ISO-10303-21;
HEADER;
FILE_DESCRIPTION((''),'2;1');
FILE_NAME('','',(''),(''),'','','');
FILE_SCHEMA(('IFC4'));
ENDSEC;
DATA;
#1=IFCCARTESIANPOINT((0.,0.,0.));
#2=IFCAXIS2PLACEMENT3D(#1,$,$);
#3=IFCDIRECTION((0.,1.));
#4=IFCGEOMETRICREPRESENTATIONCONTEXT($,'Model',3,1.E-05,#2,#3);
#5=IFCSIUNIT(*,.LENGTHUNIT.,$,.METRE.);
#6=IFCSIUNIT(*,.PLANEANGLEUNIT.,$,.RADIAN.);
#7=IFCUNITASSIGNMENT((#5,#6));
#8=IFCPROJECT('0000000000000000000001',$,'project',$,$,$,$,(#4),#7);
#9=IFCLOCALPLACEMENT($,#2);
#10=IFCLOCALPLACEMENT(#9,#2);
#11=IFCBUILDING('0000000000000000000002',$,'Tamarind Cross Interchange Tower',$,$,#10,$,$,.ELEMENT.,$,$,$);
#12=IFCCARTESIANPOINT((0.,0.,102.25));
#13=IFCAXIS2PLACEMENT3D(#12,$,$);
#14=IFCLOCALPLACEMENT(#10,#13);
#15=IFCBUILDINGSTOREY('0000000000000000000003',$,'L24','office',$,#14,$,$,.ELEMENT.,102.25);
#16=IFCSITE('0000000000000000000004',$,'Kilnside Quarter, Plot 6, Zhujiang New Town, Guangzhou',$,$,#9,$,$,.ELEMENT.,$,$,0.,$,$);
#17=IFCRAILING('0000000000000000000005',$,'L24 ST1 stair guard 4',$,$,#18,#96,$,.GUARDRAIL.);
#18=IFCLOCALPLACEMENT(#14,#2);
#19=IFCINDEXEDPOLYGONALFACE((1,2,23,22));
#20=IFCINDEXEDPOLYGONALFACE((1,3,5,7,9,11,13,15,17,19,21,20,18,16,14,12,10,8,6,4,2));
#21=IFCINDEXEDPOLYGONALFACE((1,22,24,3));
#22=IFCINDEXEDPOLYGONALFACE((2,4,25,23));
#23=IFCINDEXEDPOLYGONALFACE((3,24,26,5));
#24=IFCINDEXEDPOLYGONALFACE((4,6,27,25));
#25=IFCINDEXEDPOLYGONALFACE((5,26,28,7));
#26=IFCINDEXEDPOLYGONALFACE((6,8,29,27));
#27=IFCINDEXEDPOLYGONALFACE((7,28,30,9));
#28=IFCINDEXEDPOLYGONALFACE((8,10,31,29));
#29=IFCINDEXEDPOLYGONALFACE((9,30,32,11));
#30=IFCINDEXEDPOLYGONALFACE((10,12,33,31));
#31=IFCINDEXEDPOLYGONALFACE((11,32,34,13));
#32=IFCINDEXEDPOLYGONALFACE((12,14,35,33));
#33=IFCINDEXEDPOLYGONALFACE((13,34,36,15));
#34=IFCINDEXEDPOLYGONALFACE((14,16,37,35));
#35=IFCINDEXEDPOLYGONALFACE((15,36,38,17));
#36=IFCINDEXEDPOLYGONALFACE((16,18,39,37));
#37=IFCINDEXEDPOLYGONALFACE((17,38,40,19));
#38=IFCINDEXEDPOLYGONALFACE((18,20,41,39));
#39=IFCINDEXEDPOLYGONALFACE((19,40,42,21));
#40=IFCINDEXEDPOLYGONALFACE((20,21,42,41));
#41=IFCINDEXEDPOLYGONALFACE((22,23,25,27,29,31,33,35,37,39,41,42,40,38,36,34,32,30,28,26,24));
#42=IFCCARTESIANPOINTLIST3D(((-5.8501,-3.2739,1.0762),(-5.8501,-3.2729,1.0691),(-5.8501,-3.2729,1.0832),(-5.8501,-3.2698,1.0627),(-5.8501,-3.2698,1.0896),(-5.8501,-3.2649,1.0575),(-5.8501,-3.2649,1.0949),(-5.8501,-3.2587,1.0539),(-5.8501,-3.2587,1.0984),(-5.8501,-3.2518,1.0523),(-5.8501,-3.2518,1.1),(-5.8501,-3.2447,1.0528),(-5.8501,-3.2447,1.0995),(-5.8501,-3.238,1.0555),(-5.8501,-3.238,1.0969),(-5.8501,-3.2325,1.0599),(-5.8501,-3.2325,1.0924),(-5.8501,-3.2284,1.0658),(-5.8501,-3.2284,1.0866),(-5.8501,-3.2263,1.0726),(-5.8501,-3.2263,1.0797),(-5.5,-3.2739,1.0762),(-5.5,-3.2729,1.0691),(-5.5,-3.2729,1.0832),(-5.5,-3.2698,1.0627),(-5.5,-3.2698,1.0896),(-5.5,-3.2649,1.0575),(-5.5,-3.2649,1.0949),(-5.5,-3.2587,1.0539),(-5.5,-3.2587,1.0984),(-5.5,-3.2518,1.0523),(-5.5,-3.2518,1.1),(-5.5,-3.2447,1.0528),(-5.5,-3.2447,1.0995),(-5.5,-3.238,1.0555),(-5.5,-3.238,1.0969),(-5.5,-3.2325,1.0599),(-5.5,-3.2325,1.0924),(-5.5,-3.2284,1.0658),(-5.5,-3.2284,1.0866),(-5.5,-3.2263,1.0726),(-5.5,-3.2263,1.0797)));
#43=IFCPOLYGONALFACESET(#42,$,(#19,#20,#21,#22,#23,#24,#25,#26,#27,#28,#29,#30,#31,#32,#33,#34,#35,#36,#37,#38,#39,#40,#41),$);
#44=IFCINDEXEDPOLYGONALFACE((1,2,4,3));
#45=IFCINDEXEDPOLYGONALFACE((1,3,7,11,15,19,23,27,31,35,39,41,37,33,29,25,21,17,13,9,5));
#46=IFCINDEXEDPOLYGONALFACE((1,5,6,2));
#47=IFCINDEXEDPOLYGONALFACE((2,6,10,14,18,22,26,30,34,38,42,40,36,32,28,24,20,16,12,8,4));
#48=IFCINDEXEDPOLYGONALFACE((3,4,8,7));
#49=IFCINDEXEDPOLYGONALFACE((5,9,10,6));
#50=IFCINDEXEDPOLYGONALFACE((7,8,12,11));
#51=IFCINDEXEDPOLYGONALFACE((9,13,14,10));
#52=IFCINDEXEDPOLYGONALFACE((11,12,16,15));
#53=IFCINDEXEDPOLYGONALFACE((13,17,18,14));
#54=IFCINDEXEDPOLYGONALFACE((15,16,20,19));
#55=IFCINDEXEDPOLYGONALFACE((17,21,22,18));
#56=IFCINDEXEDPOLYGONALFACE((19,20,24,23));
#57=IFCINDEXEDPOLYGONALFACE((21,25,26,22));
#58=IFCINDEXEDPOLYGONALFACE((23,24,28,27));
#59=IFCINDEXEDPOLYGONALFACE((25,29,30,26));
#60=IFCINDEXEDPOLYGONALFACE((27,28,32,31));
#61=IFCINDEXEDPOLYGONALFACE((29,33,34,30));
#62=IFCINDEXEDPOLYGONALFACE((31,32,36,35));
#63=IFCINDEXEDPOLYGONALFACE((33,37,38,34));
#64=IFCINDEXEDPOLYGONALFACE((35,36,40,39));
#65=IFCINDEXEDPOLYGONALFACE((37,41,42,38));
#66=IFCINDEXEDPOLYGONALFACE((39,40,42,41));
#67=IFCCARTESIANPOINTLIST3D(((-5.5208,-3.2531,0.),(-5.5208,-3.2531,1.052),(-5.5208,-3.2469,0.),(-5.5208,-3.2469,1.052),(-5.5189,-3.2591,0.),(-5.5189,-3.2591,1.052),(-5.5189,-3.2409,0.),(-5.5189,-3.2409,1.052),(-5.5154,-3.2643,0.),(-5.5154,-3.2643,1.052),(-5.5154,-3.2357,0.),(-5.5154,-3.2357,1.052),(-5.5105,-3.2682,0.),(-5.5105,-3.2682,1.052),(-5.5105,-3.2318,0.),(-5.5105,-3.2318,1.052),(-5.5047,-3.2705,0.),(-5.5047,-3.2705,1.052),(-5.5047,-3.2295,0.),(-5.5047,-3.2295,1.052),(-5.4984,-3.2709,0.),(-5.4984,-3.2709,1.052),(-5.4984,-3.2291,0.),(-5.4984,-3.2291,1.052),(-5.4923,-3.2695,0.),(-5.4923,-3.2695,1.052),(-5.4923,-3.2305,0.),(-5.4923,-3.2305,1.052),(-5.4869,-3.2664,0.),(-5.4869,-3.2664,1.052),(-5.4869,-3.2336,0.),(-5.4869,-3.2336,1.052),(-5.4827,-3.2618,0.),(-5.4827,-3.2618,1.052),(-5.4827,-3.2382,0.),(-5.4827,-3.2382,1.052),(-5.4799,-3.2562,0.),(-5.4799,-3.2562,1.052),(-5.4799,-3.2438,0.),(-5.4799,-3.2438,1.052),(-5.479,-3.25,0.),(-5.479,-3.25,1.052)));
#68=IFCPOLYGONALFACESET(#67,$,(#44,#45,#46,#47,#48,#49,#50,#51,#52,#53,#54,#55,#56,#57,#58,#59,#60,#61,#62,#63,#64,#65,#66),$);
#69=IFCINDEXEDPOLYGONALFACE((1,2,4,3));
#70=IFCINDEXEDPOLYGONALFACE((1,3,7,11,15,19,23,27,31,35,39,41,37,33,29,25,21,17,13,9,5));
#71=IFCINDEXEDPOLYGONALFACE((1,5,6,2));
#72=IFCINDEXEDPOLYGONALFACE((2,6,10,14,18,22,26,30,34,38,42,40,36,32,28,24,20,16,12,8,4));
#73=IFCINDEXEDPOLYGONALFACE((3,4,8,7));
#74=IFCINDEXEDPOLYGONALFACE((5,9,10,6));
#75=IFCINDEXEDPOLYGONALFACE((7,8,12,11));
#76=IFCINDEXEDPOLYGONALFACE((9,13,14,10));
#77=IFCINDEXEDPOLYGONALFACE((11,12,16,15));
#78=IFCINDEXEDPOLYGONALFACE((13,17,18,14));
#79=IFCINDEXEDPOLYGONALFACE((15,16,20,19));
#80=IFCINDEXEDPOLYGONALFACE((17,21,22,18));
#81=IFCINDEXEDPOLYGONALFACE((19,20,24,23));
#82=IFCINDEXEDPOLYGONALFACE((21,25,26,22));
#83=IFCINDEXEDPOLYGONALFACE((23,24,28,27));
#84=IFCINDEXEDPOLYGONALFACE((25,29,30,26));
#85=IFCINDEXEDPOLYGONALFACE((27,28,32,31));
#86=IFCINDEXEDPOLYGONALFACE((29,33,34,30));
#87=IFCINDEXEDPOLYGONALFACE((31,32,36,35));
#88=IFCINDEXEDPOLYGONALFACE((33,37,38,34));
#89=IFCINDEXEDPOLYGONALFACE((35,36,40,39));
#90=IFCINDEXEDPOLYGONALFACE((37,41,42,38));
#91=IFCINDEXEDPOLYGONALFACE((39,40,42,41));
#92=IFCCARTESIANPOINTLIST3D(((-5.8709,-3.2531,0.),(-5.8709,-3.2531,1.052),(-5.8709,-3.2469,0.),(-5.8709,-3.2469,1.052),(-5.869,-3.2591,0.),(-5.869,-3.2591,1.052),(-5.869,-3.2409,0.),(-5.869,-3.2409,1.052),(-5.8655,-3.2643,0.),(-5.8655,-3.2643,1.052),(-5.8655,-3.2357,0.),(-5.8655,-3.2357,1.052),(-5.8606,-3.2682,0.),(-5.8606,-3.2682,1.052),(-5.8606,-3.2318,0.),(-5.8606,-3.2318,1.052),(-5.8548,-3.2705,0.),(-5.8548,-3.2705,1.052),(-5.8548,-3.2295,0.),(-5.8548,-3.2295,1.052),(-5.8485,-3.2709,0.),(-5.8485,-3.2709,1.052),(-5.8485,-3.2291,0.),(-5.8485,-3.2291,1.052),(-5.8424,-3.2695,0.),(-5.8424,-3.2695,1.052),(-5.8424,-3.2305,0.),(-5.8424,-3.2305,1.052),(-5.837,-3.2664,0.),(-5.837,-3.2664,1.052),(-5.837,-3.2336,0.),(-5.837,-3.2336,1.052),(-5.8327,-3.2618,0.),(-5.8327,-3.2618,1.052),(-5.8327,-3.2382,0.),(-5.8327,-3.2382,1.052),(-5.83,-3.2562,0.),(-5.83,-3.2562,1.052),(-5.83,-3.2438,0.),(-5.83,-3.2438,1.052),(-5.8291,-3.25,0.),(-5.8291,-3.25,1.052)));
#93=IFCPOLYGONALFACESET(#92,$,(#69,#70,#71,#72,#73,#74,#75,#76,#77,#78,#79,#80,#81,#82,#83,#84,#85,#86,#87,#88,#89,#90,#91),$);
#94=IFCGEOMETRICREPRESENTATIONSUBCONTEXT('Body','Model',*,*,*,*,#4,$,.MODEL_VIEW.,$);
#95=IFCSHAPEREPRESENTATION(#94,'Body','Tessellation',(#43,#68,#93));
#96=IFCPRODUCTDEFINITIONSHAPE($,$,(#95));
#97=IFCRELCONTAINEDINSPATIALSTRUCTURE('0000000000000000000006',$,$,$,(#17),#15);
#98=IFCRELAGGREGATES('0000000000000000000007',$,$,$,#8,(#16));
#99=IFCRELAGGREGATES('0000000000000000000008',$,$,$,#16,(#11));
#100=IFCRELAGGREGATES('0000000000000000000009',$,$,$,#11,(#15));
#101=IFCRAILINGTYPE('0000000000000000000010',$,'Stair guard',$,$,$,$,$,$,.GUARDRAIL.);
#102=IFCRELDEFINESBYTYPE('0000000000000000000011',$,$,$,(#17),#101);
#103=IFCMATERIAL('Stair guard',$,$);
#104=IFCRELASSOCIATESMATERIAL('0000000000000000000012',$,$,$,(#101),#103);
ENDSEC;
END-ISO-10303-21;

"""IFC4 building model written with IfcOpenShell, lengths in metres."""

from ifc_helpers import new_model, si_unit, direction, frame, origin, origin_2d, place, context, subcontext, project, spatial, circle, extrude, material, type_object, element, save


model = new_model("IFC4")

# Units and contexts
model_context = context("Model", 3, precision=1e-05, world=origin(), true_north=direction((0.0, 1.0)))
body_context = subcontext(model_context, "Body", "Model", "MODEL_VIEW")
ifc_project = project(units=[si_unit("LENGTHUNIT", "METRE"), si_unit("PLANEANGLEUNIT", "RADIAN")], contexts=[model_context])

# Site, building, storey
site_placement = place(None, origin())
site = spatial("IfcSite", under=ifc_project, at=site_placement, Name="Kilnside Quarter, Plot 6, Zhujiang New Town, Guangzhou", CompositionType="ELEMENT", RefElevation=0.0)
building_placement = place(site_placement, origin())
building = spatial("IfcBuilding", under=site, at=building_placement, Name="Tamarind Cross Interchange Tower", CompositionType="ELEMENT")
storey_placement = place(building_placement, frame((0.0, 0.0, 102.25)))
storey = spatial("IfcBuildingStorey", under=building, at=storey_placement, Name="L24", Description="office", CompositionType="ELEMENT", Elevation=102.25)

# Railing
ifc_material_1 = material(Name="Stair guard")
railing_type_1 = type_object("IfcRailingType", Name="Stair guard", PredefinedType="GUARDRAIL", material=ifc_material_1)
railing_1_placement = place(storey_placement, frame((-5.5, -3.25, 0.0)))
element("IfcRailing", 1, at=railing_1_placement, inside=storey, type_object=railing_type_1, Name="L24 ST1 stair guard 4", PredefinedType="GUARDRAIL", context=body_context, shape_type="SweptSolid", body=[
    extrude(circle(Radius=0.0239, at=origin_2d()), frame((0.0, 0.0, 1.0762), z_axis=(-1.0, 0.0, 0.0), x_axis=(0.0, -1.0, 0.0)), (0.0, 0.0, 1.0), 0.3501),
    extrude(circle(Radius=0.021, at=origin_2d()), origin(), (0.0, 0.0, 1.0), 1.052),
    extrude(circle(Radius=0.021, at=origin_2d()), frame((-0.3501, 0.0, 0.0)), (0.0, 0.0, 1.0), 1.052),
])

save(model, "model.ifc")
